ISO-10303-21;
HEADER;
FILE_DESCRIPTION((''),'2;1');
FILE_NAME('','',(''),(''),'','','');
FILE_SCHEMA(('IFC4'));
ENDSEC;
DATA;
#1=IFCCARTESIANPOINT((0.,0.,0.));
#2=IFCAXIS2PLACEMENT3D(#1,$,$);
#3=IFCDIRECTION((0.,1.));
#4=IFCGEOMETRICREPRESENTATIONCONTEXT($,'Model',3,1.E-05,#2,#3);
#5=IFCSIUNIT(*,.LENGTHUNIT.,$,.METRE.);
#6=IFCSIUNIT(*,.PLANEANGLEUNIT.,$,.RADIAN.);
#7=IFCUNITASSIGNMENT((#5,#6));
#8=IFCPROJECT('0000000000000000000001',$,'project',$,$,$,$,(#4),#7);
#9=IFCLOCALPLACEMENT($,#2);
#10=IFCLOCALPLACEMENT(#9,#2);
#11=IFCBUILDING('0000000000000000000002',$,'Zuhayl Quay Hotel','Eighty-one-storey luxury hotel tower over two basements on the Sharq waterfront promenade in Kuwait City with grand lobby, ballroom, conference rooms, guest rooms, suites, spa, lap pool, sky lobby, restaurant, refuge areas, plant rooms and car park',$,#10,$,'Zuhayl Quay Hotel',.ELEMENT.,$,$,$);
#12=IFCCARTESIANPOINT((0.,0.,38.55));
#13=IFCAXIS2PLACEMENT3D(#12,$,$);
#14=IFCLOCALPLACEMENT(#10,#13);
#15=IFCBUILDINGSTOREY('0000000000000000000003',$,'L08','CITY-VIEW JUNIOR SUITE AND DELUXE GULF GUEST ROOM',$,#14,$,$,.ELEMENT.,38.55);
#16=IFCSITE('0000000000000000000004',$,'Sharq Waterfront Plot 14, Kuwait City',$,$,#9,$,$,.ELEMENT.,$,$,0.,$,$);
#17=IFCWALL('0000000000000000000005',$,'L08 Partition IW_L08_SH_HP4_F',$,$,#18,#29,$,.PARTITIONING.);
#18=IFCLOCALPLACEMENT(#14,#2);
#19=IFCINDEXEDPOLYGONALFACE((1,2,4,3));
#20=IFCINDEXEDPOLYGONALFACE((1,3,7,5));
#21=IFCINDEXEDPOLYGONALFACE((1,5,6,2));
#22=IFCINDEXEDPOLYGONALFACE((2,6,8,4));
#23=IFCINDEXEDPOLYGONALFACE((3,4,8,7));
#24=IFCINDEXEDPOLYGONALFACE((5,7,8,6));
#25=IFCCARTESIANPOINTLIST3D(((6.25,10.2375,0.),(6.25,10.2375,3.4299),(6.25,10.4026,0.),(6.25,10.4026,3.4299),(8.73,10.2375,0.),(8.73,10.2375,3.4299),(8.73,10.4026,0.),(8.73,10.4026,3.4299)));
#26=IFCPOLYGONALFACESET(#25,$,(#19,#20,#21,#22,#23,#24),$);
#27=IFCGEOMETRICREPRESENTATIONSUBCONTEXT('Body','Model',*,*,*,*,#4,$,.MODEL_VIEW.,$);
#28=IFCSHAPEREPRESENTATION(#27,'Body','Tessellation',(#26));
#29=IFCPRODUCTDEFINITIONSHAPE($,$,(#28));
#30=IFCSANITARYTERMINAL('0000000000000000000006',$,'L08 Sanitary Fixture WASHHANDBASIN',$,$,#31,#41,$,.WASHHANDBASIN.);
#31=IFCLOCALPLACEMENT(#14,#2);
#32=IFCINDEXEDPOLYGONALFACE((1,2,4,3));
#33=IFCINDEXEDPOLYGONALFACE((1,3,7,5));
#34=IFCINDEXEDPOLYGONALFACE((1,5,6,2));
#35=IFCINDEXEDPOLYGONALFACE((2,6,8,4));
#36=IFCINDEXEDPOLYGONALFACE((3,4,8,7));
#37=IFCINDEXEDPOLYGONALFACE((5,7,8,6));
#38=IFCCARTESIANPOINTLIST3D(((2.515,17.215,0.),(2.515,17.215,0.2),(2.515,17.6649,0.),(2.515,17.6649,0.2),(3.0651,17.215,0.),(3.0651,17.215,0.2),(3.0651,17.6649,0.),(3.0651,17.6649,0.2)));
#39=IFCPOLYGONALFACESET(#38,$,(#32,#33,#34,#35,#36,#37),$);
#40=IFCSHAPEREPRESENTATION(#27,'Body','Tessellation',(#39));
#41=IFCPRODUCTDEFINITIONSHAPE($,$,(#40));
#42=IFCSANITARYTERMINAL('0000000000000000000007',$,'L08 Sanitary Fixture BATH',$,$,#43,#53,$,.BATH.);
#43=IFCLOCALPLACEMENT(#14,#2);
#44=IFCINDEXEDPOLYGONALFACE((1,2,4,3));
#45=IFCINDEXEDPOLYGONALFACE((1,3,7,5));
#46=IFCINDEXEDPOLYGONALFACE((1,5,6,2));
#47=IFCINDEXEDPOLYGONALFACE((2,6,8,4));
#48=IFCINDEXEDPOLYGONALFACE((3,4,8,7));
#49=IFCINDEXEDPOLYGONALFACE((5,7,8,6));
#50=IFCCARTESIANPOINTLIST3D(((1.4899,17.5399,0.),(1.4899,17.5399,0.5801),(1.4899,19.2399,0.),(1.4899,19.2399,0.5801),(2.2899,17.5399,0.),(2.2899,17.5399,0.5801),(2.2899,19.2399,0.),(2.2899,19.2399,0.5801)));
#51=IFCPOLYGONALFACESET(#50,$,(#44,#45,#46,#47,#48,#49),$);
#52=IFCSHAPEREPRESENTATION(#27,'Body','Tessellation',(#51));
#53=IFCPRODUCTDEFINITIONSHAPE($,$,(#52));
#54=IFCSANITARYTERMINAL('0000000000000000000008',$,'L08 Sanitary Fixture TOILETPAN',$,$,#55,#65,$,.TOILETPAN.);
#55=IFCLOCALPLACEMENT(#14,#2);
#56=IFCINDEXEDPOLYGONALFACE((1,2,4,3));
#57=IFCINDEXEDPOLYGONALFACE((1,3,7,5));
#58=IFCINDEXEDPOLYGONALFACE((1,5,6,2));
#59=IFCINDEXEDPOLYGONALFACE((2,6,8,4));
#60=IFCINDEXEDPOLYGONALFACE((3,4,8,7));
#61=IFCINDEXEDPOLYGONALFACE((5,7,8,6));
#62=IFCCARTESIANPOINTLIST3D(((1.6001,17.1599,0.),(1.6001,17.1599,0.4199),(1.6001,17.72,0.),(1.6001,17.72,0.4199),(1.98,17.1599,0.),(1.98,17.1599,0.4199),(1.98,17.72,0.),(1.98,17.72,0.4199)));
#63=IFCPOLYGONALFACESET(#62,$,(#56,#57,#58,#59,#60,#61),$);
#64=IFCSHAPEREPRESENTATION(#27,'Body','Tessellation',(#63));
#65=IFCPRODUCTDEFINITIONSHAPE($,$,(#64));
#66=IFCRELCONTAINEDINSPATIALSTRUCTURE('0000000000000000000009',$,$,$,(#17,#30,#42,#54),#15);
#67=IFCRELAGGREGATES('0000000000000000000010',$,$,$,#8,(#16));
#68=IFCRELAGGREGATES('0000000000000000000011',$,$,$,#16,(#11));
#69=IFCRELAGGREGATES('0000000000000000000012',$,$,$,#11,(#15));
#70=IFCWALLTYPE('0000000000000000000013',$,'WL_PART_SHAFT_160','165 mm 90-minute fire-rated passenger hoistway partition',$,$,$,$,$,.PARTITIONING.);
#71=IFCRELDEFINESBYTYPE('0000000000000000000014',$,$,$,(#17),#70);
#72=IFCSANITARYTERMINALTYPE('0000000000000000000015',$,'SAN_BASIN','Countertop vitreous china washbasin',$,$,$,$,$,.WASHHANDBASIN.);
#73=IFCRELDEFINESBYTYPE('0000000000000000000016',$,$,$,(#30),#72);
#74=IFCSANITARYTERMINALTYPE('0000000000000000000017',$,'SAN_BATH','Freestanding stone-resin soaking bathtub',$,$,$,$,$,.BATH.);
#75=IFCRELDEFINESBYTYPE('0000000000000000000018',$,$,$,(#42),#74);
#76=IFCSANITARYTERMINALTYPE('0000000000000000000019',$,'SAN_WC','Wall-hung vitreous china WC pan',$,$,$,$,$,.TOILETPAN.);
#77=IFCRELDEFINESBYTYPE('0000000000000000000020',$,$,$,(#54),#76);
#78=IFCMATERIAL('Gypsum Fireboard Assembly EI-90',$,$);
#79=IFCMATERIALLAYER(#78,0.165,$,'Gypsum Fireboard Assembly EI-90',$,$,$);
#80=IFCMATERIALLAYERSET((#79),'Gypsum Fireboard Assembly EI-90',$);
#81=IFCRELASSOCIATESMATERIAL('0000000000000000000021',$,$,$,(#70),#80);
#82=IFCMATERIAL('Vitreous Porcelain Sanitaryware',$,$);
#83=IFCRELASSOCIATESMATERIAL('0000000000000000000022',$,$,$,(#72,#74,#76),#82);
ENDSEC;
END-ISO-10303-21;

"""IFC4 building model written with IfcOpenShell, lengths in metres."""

from ifc_helpers import new_model, si_unit, direction, frame, frame_2d, origin, origin_2d, place, context, subcontext, project, spatial, rectangle, extrude, material, layer, layer_set, type_object, element, save


model = new_model("IFC4")

# Units and contexts
model_context = context("Model", 3, precision=1e-05, world=origin(), true_north=direction((0.0, 1.0)))
body_context = subcontext(model_context, "Body", "Model", "MODEL_VIEW")
ifc_project = project(units=[si_unit("LENGTHUNIT", "METRE"), si_unit("PLANEANGLEUNIT", "RADIAN")], contexts=[model_context])

# Site, building, storey
site_placement = place(None, origin())
site = spatial("IfcSite", under=ifc_project, at=site_placement, Name="Sharq Waterfront Plot 14, Kuwait City", CompositionType="ELEMENT", RefElevation=0.0)
building_placement = place(site_placement, origin())
building = spatial("IfcBuilding", under=site, at=building_placement, Name="Zuhayl Quay Hotel", Description="Eighty-one-storey luxury hotel tower over two basements on the Sharq waterfront promenade in Kuwait City with grand lobby, ballroom, conference rooms, guest rooms, suites, spa, lap pool, sky lobby, restaurant, refuge areas, plant rooms and car park", LongName="Zuhayl Quay Hotel", CompositionType="ELEMENT")
storey_placement = place(building_placement, frame((0.0, 0.0, 38.55)))
storey = spatial("IfcBuildingStorey", under=building, at=storey_placement, Name="L08", Description="CITY-VIEW JUNIOR SUITE AND DELUXE GULF GUEST ROOM", CompositionType="ELEMENT", Elevation=38.55)

# Wall
ifc_material_1 = material(Name="Gypsum Fireboard Assembly EI-90")
ifc_layer_1 = layer(ifc_material_1, 0.165, Name="Gypsum Fireboard Assembly EI-90")
ifc_layer_set_1 = layer_set([ifc_layer_1], Name="Gypsum Fireboard Assembly EI-90")
wall_type_1 = type_object("IfcWallType", Name="WL_PART_SHAFT_160", Description="165 mm 90-minute fire-rated passenger hoistway partition", PredefinedType="PARTITIONING", material=ifc_layer_set_1)
wall_1_placement = place(storey_placement, frame((6.25, 10.3201, 0.0), z_axis=(0.0, 0.0, 1.0), x_axis=(1.0, 0.0, 0.0)))
element("IfcWall", 1, at=wall_1_placement, inside=storey, type_object=wall_type_1, Name="L08 Partition IW_L08_SH_HP4_F", PredefinedType="PARTITIONING", context=body_context, shape_type="SweptSolid", body=[
    extrude(rectangle(XDim=2.48, YDim=0.165, at=frame_2d((1.24, 0.0))), origin(), (0.0, 0.0, 1.0), 3.4299),
])

# Sanitary terminals
ifc_material_2 = material(Name="Vitreous Porcelain Sanitaryware")
sanitary_terminal_type_1 = type_object("IfcSanitaryTerminalType", Name="SAN_BASIN", Description="Countertop vitreous china washbasin", PredefinedType="WASHHANDBASIN", material=ifc_material_2)
sanitary_terminal_1_placement = place(storey_placement, frame((2.79, 17.4399, 0.0), z_axis=(0.0, 0.0, 1.0), x_axis=(1.0, 0.0, 0.0)))
element("IfcSanitaryTerminal", 2, at=sanitary_terminal_1_placement, inside=storey, type_object=sanitary_terminal_type_1, Name="L08 Sanitary Fixture WASHHANDBASIN", PredefinedType="WASHHANDBASIN", context=body_context, shape_type="SweptSolid", body=[
    extrude(rectangle(XDim=0.55, YDim=0.45, at=origin_2d()), origin(), (0.0, 0.0, 1.0), 0.2),
])
sanitary_terminal_type_2 = type_object("IfcSanitaryTerminalType", Name="SAN_BATH", Description="Freestanding stone-resin soaking bathtub", PredefinedType="BATH", material=ifc_material_2)
sanitary_terminal_2_placement = place(storey_placement, frame((1.8899, 18.3899, 0.0), z_axis=(0.0, 0.0, 1.0), x_axis=(1.0, 0.0, 0.0)))
element("IfcSanitaryTerminal", 3, at=sanitary_terminal_2_placement, inside=storey, type_object=sanitary_terminal_type_2, Name="L08 Sanitary Fixture BATH", PredefinedType="BATH", context=body_context, shape_type="SweptSolid", body=[
    extrude(rectangle(XDim=0.8, YDim=1.7, at=origin_2d()), origin(), (0.0, 0.0, 1.0), 0.5801),
])
sanitary_terminal_type_3 = type_object("IfcSanitaryTerminalType", Name="SAN_WC", Description="Wall-hung vitreous china WC pan", PredefinedType="TOILETPAN", material=ifc_material_2)
sanitary_terminal_3_placement = place(storey_placement, frame((1.79, 17.4399, 0.0), z_axis=(0.0, 0.0, 1.0), x_axis=(1.0, 0.0, 0.0)))
element("IfcSanitaryTerminal", 4, at=sanitary_terminal_3_placement, inside=storey, type_object=sanitary_terminal_type_3, Name="L08 Sanitary Fixture TOILETPAN", PredefinedType="TOILETPAN", context=body_context, shape_type="SweptSolid", body=[
    extrude(rectangle(XDim=0.3799, YDim=0.5601, at=origin_2d()), origin(), (0.0, 0.0, 1.0), 0.4199),
])

save(model, "model.ifc")
